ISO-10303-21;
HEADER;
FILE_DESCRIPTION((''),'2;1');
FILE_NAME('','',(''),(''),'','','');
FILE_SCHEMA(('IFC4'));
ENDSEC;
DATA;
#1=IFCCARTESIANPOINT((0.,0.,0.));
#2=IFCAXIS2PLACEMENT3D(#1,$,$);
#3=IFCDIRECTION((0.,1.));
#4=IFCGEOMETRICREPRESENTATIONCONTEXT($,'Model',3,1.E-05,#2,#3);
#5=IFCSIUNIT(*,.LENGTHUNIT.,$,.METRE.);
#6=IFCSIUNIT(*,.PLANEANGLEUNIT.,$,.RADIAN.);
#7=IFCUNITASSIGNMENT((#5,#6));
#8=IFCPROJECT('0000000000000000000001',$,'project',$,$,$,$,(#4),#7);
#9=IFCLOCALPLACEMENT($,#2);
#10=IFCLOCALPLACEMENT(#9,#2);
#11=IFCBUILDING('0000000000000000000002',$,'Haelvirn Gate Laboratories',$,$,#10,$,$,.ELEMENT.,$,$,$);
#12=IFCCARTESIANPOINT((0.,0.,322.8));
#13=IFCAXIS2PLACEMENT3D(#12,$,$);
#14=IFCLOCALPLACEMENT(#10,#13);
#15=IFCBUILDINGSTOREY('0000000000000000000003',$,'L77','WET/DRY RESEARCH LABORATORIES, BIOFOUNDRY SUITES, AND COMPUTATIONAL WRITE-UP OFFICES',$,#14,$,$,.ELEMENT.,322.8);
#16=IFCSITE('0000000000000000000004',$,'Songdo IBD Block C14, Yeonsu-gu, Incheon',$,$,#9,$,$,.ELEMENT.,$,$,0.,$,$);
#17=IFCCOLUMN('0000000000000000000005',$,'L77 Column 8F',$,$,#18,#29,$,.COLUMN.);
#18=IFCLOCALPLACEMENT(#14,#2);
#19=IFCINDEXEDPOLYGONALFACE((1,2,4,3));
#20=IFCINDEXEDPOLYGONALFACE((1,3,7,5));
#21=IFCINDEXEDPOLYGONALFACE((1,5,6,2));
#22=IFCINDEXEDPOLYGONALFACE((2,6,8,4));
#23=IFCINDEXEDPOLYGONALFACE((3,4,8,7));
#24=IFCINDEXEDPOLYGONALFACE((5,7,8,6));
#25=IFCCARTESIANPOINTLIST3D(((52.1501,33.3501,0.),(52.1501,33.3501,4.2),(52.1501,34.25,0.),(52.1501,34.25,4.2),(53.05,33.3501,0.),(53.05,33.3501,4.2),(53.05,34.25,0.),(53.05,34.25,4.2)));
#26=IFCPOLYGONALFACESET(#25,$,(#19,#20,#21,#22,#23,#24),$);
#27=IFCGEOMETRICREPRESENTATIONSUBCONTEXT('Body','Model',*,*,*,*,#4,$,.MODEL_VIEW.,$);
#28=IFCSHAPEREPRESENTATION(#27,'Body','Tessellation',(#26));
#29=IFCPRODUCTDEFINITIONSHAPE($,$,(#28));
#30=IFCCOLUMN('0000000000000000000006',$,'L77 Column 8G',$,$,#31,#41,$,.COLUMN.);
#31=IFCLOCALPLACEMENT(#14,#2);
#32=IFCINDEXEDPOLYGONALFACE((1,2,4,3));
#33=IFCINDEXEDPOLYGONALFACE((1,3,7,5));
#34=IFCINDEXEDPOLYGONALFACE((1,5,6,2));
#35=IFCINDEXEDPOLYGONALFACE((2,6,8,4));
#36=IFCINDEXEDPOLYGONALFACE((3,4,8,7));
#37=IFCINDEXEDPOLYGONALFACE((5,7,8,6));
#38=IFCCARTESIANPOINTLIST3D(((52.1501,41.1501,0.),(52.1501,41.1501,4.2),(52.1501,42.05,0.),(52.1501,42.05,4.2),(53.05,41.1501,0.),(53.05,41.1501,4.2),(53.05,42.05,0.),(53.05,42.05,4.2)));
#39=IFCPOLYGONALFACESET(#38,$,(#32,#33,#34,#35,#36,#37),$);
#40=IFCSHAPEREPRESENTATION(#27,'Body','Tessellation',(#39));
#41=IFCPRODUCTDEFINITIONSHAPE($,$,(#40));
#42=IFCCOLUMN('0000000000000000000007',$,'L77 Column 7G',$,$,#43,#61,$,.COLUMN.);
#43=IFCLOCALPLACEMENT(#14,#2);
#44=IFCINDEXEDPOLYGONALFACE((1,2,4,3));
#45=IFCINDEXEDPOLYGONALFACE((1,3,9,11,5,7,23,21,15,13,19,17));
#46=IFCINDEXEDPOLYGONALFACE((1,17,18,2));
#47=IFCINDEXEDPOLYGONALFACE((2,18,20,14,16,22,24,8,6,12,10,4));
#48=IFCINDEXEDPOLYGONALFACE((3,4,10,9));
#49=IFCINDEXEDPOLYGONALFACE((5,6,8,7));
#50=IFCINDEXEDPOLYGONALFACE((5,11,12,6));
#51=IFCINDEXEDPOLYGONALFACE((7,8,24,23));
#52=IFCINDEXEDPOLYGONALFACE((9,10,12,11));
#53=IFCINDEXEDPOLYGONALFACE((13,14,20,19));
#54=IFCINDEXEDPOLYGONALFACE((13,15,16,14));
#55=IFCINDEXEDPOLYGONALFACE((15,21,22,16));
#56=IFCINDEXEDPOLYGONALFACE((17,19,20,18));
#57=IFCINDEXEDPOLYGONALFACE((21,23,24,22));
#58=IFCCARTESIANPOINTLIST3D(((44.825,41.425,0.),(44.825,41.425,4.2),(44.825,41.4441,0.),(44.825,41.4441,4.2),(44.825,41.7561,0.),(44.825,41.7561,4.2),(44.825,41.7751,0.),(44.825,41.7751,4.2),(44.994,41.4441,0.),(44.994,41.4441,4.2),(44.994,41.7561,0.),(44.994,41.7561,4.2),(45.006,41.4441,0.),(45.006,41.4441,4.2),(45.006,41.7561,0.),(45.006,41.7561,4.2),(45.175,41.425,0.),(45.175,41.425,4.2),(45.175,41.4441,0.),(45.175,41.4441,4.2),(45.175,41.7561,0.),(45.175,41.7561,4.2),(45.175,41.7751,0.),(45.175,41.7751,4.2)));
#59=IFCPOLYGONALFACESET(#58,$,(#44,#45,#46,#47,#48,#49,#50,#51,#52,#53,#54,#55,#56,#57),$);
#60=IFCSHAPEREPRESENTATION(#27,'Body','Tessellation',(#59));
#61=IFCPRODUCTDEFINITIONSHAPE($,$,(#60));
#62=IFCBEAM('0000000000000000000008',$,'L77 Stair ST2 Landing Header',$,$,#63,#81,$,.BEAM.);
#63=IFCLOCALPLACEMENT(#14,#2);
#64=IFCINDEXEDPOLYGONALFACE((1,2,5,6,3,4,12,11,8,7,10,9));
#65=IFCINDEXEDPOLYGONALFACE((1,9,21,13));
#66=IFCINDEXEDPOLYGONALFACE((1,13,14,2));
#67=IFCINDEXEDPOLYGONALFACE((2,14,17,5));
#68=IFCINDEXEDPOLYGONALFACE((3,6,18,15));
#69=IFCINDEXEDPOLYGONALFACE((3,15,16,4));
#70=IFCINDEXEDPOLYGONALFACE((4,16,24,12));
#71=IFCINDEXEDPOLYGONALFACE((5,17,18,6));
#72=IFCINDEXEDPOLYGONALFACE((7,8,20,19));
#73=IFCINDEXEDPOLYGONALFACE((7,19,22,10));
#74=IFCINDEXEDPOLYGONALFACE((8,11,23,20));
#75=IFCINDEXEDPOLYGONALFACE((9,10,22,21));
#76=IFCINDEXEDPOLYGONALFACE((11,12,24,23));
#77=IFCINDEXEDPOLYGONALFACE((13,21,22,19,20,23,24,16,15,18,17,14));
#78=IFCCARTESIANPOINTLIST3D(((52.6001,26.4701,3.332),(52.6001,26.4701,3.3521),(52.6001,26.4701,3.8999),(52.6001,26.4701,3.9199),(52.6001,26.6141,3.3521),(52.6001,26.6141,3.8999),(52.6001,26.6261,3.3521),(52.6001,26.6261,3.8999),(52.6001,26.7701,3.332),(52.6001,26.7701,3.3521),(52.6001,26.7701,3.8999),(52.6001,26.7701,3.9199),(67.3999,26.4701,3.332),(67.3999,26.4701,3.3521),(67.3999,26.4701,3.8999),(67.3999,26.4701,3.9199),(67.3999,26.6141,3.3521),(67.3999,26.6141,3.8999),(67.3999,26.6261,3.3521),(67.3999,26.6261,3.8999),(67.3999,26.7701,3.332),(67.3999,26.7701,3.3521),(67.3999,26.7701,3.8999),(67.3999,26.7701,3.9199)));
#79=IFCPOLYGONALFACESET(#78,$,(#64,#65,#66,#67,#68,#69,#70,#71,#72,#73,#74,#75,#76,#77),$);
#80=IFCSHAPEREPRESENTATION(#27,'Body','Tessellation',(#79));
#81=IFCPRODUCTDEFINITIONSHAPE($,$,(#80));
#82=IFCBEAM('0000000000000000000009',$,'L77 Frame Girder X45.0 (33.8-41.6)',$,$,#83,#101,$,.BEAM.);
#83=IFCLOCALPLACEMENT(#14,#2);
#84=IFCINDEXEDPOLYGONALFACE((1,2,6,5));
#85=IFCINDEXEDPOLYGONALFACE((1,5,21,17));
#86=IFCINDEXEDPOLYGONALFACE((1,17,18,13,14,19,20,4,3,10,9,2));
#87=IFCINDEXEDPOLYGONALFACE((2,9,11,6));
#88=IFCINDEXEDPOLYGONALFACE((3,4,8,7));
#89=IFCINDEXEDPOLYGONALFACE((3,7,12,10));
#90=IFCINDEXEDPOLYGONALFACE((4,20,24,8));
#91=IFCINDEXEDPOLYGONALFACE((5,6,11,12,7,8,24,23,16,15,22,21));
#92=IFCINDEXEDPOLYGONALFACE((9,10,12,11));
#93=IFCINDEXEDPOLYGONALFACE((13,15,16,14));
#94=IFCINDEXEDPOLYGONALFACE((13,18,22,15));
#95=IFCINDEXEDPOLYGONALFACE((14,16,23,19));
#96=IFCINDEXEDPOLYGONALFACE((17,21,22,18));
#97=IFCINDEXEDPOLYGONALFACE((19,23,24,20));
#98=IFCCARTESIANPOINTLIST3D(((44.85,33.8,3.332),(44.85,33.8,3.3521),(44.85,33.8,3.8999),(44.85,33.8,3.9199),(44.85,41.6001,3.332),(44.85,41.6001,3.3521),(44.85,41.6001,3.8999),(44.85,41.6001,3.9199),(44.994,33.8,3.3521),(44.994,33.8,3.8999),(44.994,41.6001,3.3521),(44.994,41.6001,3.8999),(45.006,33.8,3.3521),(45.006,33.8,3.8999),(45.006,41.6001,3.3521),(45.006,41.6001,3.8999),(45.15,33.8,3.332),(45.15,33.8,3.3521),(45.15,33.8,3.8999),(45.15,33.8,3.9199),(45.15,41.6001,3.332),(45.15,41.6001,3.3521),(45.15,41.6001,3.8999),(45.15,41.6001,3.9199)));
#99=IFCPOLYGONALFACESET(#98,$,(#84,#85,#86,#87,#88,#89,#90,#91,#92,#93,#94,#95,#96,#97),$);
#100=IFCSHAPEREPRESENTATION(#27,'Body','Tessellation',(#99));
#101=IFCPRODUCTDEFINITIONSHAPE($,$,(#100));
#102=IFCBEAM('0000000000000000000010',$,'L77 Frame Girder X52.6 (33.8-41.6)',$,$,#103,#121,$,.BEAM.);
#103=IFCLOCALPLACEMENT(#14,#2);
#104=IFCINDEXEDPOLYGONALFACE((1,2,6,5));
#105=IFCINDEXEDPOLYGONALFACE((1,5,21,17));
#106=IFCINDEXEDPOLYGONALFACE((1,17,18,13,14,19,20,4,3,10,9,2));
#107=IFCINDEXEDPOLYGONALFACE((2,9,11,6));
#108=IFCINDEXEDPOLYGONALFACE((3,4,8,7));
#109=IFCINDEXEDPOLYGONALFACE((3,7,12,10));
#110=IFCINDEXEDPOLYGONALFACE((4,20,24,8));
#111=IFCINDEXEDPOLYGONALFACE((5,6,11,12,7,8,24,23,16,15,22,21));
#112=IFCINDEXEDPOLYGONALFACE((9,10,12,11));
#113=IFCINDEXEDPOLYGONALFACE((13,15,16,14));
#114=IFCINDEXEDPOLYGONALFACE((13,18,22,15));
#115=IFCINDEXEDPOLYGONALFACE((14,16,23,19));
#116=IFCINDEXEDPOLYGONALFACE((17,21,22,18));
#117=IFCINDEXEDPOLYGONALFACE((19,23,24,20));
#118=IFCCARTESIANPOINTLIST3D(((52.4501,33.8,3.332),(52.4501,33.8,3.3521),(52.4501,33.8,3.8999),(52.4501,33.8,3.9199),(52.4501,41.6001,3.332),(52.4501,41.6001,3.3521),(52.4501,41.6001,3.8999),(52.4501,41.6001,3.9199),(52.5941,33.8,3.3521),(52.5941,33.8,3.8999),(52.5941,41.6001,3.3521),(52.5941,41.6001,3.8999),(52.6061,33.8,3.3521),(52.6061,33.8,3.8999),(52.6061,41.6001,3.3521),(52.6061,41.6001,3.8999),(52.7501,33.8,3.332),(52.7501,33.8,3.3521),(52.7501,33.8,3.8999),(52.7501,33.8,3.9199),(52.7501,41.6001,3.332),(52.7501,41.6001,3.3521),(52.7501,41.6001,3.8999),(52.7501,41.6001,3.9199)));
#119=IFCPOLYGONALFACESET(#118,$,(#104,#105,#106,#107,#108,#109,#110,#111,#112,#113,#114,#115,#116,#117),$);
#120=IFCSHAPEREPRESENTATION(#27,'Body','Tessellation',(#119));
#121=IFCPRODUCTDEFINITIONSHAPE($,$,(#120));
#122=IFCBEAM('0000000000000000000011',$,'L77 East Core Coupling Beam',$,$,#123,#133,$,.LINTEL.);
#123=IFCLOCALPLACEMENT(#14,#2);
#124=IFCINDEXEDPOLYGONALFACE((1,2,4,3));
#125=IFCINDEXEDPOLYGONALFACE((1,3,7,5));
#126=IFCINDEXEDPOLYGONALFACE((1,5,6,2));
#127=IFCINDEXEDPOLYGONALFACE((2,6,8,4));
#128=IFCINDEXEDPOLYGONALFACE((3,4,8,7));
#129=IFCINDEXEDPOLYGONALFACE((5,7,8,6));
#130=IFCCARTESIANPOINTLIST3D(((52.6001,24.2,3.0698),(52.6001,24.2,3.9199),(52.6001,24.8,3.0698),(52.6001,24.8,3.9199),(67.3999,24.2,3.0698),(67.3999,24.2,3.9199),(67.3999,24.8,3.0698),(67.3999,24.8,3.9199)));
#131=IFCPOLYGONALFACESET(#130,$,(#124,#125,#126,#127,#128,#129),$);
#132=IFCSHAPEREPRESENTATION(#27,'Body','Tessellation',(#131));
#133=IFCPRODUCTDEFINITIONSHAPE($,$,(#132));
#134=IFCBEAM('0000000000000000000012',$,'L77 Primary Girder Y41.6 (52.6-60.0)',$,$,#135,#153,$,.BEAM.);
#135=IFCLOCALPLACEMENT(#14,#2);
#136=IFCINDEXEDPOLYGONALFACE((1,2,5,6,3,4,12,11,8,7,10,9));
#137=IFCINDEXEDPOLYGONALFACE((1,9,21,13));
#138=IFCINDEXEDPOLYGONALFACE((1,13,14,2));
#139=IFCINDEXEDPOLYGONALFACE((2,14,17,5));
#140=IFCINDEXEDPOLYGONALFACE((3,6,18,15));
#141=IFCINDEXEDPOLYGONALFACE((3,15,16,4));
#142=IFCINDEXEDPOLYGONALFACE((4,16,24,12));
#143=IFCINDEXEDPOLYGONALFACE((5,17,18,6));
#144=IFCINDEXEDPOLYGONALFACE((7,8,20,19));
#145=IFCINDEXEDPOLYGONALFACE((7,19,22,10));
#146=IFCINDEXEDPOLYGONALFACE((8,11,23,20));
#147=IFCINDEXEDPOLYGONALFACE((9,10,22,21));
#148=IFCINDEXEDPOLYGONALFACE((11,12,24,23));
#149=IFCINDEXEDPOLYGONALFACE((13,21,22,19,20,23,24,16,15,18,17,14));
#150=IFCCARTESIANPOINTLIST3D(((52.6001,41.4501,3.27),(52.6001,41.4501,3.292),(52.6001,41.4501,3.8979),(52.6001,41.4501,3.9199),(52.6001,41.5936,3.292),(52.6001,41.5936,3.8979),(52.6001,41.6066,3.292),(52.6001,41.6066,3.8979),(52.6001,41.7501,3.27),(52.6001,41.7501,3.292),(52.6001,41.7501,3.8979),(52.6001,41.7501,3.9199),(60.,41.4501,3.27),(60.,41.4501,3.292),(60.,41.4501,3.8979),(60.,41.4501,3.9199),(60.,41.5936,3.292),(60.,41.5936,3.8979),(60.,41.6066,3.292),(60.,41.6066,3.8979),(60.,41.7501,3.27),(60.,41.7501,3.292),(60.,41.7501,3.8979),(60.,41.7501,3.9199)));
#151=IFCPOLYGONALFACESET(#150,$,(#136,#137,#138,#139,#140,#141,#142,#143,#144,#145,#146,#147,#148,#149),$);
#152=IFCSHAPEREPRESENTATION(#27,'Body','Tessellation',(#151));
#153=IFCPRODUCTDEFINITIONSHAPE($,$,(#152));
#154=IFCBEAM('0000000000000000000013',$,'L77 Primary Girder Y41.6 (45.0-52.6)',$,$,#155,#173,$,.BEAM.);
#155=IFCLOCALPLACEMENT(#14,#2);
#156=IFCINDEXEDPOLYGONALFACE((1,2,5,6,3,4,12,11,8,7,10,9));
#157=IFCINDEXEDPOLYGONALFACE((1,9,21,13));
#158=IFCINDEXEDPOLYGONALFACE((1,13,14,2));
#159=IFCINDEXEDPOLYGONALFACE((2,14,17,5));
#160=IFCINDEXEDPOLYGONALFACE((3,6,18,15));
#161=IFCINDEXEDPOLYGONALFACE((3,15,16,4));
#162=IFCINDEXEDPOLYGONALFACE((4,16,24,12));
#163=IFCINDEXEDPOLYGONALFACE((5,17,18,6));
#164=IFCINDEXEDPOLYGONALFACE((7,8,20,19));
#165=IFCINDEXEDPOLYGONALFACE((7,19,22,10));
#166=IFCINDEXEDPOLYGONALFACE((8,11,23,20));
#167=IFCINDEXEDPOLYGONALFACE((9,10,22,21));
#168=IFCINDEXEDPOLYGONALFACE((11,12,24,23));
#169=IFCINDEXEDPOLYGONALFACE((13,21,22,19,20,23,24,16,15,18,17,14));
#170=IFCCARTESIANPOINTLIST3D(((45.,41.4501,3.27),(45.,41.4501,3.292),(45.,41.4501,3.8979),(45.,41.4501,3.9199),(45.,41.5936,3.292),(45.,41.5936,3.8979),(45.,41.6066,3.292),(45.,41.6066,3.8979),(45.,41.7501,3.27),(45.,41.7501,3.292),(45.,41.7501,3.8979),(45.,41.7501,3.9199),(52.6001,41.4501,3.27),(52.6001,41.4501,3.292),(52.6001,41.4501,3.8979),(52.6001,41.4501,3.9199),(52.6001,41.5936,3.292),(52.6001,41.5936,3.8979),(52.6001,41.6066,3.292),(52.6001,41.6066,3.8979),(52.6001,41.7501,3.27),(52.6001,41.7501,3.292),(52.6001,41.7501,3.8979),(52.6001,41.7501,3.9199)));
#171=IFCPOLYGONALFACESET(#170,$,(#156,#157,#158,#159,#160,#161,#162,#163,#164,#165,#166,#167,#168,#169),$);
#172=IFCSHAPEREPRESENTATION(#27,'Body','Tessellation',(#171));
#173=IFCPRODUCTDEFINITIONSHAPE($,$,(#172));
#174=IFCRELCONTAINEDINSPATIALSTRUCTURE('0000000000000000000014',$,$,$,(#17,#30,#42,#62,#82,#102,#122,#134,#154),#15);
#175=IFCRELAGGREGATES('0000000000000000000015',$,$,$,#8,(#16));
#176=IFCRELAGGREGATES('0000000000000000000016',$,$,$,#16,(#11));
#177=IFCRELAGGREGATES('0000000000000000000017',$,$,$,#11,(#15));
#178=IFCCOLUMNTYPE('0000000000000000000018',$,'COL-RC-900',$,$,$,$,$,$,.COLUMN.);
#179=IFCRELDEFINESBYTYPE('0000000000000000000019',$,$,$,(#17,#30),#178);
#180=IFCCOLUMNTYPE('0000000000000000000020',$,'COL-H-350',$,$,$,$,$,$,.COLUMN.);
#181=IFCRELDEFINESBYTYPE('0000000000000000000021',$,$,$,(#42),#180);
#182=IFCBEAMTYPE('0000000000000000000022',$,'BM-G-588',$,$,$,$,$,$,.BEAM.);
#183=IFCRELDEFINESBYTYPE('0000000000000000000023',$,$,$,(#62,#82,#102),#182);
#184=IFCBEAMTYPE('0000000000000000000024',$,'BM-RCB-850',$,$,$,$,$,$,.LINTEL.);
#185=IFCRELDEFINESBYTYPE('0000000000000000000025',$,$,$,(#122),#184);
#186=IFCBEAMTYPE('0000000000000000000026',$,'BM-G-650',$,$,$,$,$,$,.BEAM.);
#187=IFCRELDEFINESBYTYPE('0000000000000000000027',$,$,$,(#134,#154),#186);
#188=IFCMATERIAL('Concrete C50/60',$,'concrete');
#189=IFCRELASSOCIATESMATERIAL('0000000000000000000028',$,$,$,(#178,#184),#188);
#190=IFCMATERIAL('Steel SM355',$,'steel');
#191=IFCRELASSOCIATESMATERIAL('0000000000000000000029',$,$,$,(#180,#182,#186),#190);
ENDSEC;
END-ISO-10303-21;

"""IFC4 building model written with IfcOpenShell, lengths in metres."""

from ifc_helpers import new_model, si_unit, direction, frame, origin, origin_2d, place, context, subcontext, project, spatial, rectangle, i_section, extrude, source, transform, mapped, material, material_profile, profile_set, type_object, type_shapes, element, save


model = new_model("IFC4")

# Units and contexts
model_context = context("Model", 3, precision=1e-05, world=origin(), true_north=direction((0.0, 1.0)))
body_context = subcontext(model_context, "Body", "Model", "MODEL_VIEW")
ifc_project = project(units=[si_unit("LENGTHUNIT", "METRE"), si_unit("PLANEANGLEUNIT", "RADIAN")], contexts=[model_context])

# Site, building, storey
site_placement = place(None, origin())
site = spatial("IfcSite", under=ifc_project, at=site_placement, Name="Songdo IBD Block C14, Yeonsu-gu, Incheon", CompositionType="ELEMENT", RefElevation=0.0)
building_placement = place(site_placement, origin())
building = spatial("IfcBuilding", under=site, at=building_placement, Name="Haelvirn Gate Laboratories", CompositionType="ELEMENT")
storey_placement = place(building_placement, frame((0.0, 0.0, 322.8)))
storey = spatial("IfcBuildingStorey", under=building, at=storey_placement, Name="L77", Description="WET/DRY RESEARCH LABORATORIES, BIOFOUNDRY SUITES, AND COMPUTATIONAL WRITE-UP OFFICES", CompositionType="ELEMENT", Elevation=322.8)

# Columns
ifc_material_1 = material(Name="Concrete C50/60", Category="concrete")
ifc_material_profile_1 = material_profile(ifc_material_1, rectangle(XDim=0.8999, YDim=0.8999, at=origin_2d()), Name="RC-900x900")
ifc_profile_set_1 = profile_set([ifc_material_profile_1], Name="Concrete C50/60")
column_type_1 = type_object("IfcColumnType", Name="COL-RC-900", PredefinedType="COLUMN", material=ifc_profile_set_1)
shared_shape_1 = source(origin(), body_context, "Body", "SweptSolid", [
    extrude(rectangle(XDim=0.8999, YDim=0.8999, at=origin_2d()), origin(), (0.0, 0.0, 1.0), 4.2),
])
type_shapes(column_type_1, [shared_shape_1])
for number, where, z_axis, x_axis, name in (
    (1, (52.6001, 33.8, 0.0), (0.0, 0.0, 1.0), (1.0, 0.0, 0.0), "L77 Column 8F"),
    (2, (52.6001, 41.6001, 0.0), (0.0, 0.0, 1.0), (1.0, 0.0, 0.0), "L77 Column 8G"),
):
    element("IfcColumn", number, at=place(storey_placement, frame(where, z_axis=z_axis, x_axis=x_axis)), inside=storey, type_object=column_type_1, Name=name, PredefinedType="COLUMN", context=body_context, shape_type="MappedRepresentation", body=[
        mapped(shared_shape_1, transform((0.0, 0.0, 0.0), scale=1.0)),
    ])
ifc_material_2 = material(Name="Steel SM355", Category="steel")
ifc_material_profile_2 = material_profile(ifc_material_2, i_section(OverallWidth=0.3501, OverallDepth=0.3501, WebThickness=0.012, FlangeThickness=0.019, at=origin_2d()), Name="H-350x350x12x19")
ifc_profile_set_2 = profile_set([ifc_material_profile_2], Name="Steel SM355")
column_type_2 = type_object("IfcColumnType", Name="COL-H-350", PredefinedType="COLUMN", material=ifc_profile_set_2)
shared_shape_2 = source(origin(), body_context, "Body", "SweptSolid", [
    extrude(i_section(OverallWidth=0.3501, OverallDepth=0.3501, WebThickness=0.012, FlangeThickness=0.019, at=origin_2d()), origin(), (0.0, 0.0, 1.0), 4.2),
])
type_shapes(column_type_2, [shared_shape_2])
column_placement = place(storey_placement, frame((45.0, 41.6001, 0.0), z_axis=(0.0, 0.0, 1.0), x_axis=(1.0, 0.0, 0.0)))
element("IfcColumn", 3, at=column_placement, inside=storey, type_object=column_type_2, Name="L77 Column 7G", PredefinedType="COLUMN", context=body_context, shape_type="MappedRepresentation", body=[
    mapped(shared_shape_2, transform((0.0, 0.0, 0.0), scale=1.0)),
])

# Beams
ifc_material_profile_3 = material_profile(ifc_material_2, i_section(OverallWidth=0.3, OverallDepth=0.5879, WebThickness=0.012, FlangeThickness=0.02, at=origin_2d()), Name="H-588x300x12x20")
ifc_profile_set_3 = profile_set([ifc_material_profile_3], Name="Steel SM355")
beam_type_1 = type_object("IfcBeamType", Name="BM-G-588", PredefinedType="BEAM", material=ifc_profile_set_3)
shared_shape_3 = source(origin(), body_context, "Body", "SweptSolid", [
    extrude(i_section(OverallWidth=0.3, OverallDepth=0.5879, WebThickness=0.012, FlangeThickness=0.02, at=origin_2d()), origin(), (0.0, 0.0, 1.0), 14.7998),
])
beam_1_placement = place(storey_placement, frame((52.6001, 26.6201, 3.626), z_axis=(1.0, 0.0, 0.0), x_axis=(0.0, 1.0, 0.0)))
element("IfcBeam", 4, at=beam_1_placement, inside=storey, type_object=beam_type_1, Name="L77 Stair ST2 Landing Header", PredefinedType="BEAM", context=body_context, shape_type="MappedRepresentation", body=[
    mapped(shared_shape_3, transform((0.0, 0.0, 0.0), scale=1.0)),
])
shared_shape_4 = source(origin(), body_context, "Body", "SweptSolid", [
    extrude(i_section(OverallWidth=0.3, OverallDepth=0.5879, WebThickness=0.012, FlangeThickness=0.02, at=origin_2d()), origin(), (0.0, 0.0, 1.0), 7.8),
])
type_shapes(beam_type_1, [shared_shape_3, shared_shape_4])
for number, where, z_axis, x_axis, name in (
    (5, (45.0, 33.8, 3.626), (0.0, 1.0, 0.0), (-1.0, 0.0, 0.0), "L77 Frame Girder X45.0 (33.8-41.6)"),
    (6, (52.6001, 33.8, 3.626), (0.0, 1.0, 0.0), (-1.0, 0.0, 0.0), "L77 Frame Girder X52.6 (33.8-41.6)"),
):
    element("IfcBeam", number, at=place(storey_placement, frame(where, z_axis=z_axis, x_axis=x_axis)), inside=storey, type_object=beam_type_1, Name=name, PredefinedType="BEAM", context=body_context, shape_type="MappedRepresentation", body=[
        mapped(shared_shape_4, transform((0.0, 0.0, 0.0), scale=1.0)),
    ])
ifc_material_profile_4 = material_profile(ifc_material_1, rectangle(XDim=0.6001, YDim=0.8501, at=origin_2d()), Name="RCB-600x850")
ifc_profile_set_4 = profile_set([ifc_material_profile_4], Name="Concrete C50/60")
beam_type_2 = type_object("IfcBeamType", Name="BM-RCB-850", PredefinedType="LINTEL", material=ifc_profile_set_4)
shared_shape_5 = source(origin(), body_context, "Body", "SweptSolid", [
    extrude(rectangle(XDim=0.6001, YDim=0.8501, at=origin_2d()), origin(), (0.0, 0.0, 1.0), 14.7998),
])
type_shapes(beam_type_2, [shared_shape_5])
beam_2_placement = place(storey_placement, frame((52.6001, 24.5, 3.4949), z_axis=(1.0, 0.0, 0.0), x_axis=(0.0, 1.0, 0.0)))
element("IfcBeam", 7, at=beam_2_placement, inside=storey, type_object=beam_type_2, Name="L77 East Core Coupling Beam", PredefinedType="LINTEL", context=body_context, shape_type="MappedRepresentation", body=[
    mapped(shared_shape_5, transform((0.0, 0.0, 0.0), scale=1.0)),
])
ifc_material_profile_5 = material_profile(ifc_material_2, i_section(OverallWidth=0.3, OverallDepth=0.6499, WebThickness=0.0129, FlangeThickness=0.022, at=origin_2d()), Name="H-650x300x13x22")
ifc_profile_set_5 = profile_set([ifc_material_profile_5], Name="Steel SM355")
beam_type_3 = type_object("IfcBeamType", Name="BM-G-650", PredefinedType="BEAM", material=ifc_profile_set_5)
shared_shape_6 = source(origin(), body_context, "Body", "SweptSolid", [
    extrude(i_section(OverallWidth=0.3, OverallDepth=0.6499, WebThickness=0.0129, FlangeThickness=0.022, at=origin_2d()), origin(), (0.0, 0.0, 1.0), 7.3999),
])
beam_3_placement = place(storey_placement, frame((52.6001, 41.6001, 3.595), z_axis=(1.0, 0.0, 0.0), x_axis=(0.0, 1.0, 0.0)))
element("IfcBeam", 8, at=beam_3_placement, inside=storey, type_object=beam_type_3, Name="L77 Primary Girder Y41.6 (52.6-60.0)", PredefinedType="BEAM", context=body_context, shape_type="MappedRepresentation", body=[
    mapped(shared_shape_6, transform((0.0, 0.0, 0.0), scale=1.0)),
])
shared_shape_7 = source(origin(), body_context, "Body", "SweptSolid", [
    extrude(i_section(OverallWidth=0.3, OverallDepth=0.6499, WebThickness=0.0129, FlangeThickness=0.022, at=origin_2d()), origin(), (0.0, 0.0, 1.0), 7.6001),
])
type_shapes(beam_type_3, [shared_shape_6, shared_shape_7])
beam_4_placement = place(storey_placement, frame((45.0, 41.6001, 3.595), z_axis=(1.0, 0.0, 0.0), x_axis=(0.0, 1.0, 0.0)))
element("IfcBeam", 9, at=beam_4_placement, inside=storey, type_object=beam_type_3, Name="L77 Primary Girder Y41.6 (45.0-52.6)", PredefinedType="BEAM", context=body_context, shape_type="MappedRepresentation", body=[
    mapped(shared_shape_7, transform((0.0, 0.0, 0.0), scale=1.0)),
])

save(model, "model.ifc")
